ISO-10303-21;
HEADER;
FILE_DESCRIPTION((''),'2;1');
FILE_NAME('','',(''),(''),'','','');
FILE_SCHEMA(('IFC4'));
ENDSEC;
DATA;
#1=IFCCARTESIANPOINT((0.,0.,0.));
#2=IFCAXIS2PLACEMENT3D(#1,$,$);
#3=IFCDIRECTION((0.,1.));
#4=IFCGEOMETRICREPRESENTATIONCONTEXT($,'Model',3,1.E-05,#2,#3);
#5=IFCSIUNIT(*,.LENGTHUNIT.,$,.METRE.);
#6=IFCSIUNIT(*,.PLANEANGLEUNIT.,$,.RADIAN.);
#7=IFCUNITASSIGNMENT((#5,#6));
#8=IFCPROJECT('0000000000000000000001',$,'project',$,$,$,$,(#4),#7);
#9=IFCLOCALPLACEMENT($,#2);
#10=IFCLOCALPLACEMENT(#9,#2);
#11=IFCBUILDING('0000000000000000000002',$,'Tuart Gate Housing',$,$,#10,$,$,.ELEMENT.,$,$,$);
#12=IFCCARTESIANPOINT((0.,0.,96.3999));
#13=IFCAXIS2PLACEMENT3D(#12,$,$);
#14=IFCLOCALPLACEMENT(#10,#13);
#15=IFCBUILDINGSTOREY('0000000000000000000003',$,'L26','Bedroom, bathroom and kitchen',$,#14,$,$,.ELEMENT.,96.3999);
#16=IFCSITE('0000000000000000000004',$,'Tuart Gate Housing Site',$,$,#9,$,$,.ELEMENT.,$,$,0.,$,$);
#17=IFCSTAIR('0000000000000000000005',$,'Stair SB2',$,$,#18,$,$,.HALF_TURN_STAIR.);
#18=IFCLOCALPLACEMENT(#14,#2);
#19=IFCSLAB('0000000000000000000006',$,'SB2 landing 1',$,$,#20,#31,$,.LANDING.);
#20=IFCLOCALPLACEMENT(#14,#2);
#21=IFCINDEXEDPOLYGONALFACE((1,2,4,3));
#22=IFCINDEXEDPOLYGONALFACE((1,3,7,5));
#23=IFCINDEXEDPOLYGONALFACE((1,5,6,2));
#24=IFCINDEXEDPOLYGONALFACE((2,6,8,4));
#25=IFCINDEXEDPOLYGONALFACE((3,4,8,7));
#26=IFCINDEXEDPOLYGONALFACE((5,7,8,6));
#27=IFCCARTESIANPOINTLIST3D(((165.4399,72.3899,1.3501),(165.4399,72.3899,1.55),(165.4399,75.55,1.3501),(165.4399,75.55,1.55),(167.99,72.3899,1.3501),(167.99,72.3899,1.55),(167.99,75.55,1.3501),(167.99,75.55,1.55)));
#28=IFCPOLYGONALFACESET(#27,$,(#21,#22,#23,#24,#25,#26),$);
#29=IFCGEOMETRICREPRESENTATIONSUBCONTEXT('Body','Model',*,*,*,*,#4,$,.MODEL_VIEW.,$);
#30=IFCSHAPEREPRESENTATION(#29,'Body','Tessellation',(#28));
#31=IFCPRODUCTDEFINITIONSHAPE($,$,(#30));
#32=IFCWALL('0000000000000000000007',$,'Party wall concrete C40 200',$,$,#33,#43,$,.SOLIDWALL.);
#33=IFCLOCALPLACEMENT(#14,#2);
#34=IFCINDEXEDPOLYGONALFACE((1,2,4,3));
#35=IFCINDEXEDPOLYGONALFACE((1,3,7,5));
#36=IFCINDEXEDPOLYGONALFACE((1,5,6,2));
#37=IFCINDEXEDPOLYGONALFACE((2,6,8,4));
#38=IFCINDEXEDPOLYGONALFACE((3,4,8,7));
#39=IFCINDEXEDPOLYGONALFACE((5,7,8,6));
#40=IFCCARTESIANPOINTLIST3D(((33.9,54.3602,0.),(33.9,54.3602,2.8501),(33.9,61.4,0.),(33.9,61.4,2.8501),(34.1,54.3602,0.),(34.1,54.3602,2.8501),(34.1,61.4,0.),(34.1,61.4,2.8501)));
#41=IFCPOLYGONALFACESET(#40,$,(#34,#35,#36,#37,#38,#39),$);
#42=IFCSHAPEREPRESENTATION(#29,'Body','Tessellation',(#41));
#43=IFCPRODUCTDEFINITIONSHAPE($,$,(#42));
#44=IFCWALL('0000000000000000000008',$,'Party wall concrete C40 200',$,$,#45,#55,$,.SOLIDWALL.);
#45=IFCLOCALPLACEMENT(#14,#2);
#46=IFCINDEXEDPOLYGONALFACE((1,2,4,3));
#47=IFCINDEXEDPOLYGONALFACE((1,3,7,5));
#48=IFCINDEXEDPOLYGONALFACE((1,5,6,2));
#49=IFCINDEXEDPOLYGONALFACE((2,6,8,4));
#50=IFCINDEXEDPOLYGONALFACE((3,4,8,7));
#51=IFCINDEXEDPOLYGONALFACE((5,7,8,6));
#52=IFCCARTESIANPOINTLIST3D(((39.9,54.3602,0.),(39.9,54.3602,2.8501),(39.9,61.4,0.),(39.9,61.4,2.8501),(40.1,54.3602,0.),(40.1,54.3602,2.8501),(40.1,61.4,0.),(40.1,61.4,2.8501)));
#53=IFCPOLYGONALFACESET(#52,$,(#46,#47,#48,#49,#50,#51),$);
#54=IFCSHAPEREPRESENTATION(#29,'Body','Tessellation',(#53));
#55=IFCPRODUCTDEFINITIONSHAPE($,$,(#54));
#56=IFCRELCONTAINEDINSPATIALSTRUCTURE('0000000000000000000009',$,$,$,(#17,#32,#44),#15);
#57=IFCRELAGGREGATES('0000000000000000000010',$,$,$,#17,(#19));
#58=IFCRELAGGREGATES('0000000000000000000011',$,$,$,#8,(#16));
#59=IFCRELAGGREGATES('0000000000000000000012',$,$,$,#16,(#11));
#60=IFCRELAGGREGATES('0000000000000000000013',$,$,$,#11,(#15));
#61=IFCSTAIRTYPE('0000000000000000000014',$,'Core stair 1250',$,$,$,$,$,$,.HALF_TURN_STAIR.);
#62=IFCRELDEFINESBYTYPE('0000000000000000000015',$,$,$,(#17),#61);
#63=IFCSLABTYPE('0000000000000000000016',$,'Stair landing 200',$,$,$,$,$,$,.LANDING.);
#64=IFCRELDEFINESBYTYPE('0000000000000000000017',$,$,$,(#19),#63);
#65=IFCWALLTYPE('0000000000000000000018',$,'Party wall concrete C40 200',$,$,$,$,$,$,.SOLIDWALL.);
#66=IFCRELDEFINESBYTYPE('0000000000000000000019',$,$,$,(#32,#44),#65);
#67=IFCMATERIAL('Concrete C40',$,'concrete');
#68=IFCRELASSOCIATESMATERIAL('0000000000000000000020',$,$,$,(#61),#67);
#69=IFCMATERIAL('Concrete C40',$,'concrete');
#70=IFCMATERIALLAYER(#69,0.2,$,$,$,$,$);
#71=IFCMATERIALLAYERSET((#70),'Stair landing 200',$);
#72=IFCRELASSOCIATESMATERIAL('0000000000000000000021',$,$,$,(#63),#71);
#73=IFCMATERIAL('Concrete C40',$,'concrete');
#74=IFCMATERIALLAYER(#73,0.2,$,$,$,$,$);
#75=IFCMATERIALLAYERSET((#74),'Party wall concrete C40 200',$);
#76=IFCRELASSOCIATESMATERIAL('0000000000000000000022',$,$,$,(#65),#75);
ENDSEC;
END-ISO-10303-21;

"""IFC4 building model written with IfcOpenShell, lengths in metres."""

from ifc_helpers import new_model, si_unit, direction, frame, frame_2d, origin, place, context, subcontext, project, spatial, polyline, rectangle, outline, extrude, material, layer, layer_set, type_object, element, aggregate, save


model = new_model("IFC4")

# Units and contexts
model_context = context("Model", 3, precision=1e-05, world=origin(), true_north=direction((0.0, 1.0)))
body_context = subcontext(model_context, "Body", "Model", "MODEL_VIEW")
ifc_project = project(units=[si_unit("LENGTHUNIT", "METRE"), si_unit("PLANEANGLEUNIT", "RADIAN")], contexts=[model_context])

# Site, building, storey
site_placement = place(None, origin())
site = spatial("IfcSite", under=ifc_project, at=site_placement, Name="Tuart Gate Housing Site", CompositionType="ELEMENT", RefElevation=0.0)
building_placement = place(site_placement, origin())
building = spatial("IfcBuilding", under=site, at=building_placement, Name="Tuart Gate Housing", CompositionType="ELEMENT")
storey_placement = place(building_placement, frame((0.0, 0.0, 96.3999)))
storey = spatial("IfcBuildingStorey", under=building, at=storey_placement, Name="L26", Description="Bedroom, bathroom and kitchen", CompositionType="ELEMENT", Elevation=96.3999)

# Stair, slab
ifc_material_1 = material(Name="Concrete C40", Category="concrete")
stair_type = type_object("IfcStairType", Name="Core stair 1250", PredefinedType="HALF_TURN_STAIR", material=ifc_material_1)
stair_placement = place(storey_placement, origin())
stair = element("IfcStair", 1, at=stair_placement, inside=storey, type_object=stair_type, Name="Stair SB2", PredefinedType="HALF_TURN_STAIR")
ifc_material_2 = material(Name="Concrete C40", Category="concrete")
ifc_layer_1 = layer(ifc_material_2, 0.2)
ifc_layer_set_1 = layer_set([ifc_layer_1], Name="Stair landing 200")
slab_type = type_object("IfcSlabType", Name="Stair landing 200", PredefinedType="LANDING", material=ifc_layer_set_1)
slab_placement = place(storey_placement, frame((0.0, 0.0, 1.3501)))
slab = element("IfcSlab", 2, at=slab_placement, type_object=slab_type, Name="SB2 landing 1", PredefinedType="LANDING", context=body_context, shape_type="SweptSolid", body=[
    extrude(outline(polyline([(165.4399, 72.3899), (167.99, 72.3899), (167.99, 75.55), (165.4399, 75.55), (165.4399, 72.3899)])), origin(), (0.0, 0.0, 1.0), 0.2),
])
aggregate(stair, [slab])

# Walls
ifc_material_3 = material(Name="Concrete C40", Category="concrete")
ifc_layer_2 = layer(ifc_material_3, 0.2)
ifc_layer_set_2 = layer_set([ifc_layer_2], Name="Party wall concrete C40 200")
wall_type_1 = type_object("IfcWallType", Name="Party wall concrete C40 200", PredefinedType="SOLIDWALL", material=ifc_layer_set_2)
for number, where, z_axis, x_axis, name in (
    (3, (34.0, 54.3601, 0.0), (0.0, 0.0, 1.0), (0.0, 1.0, 0.0), "Party wall concrete C40 200"),
    (4, (40.0, 54.3601, 0.0), (0.0, 0.0, 1.0), (0.0, 1.0, 0.0), "Party wall concrete C40 200"),
):
    element("IfcWall", number, at=place(storey_placement, frame(where, z_axis=z_axis, x_axis=x_axis)), inside=storey, type_object=wall_type_1, Name=name, PredefinedType="SOLIDWALL", context=body_context, shape_type="SweptSolid", body=[
        extrude(rectangle(XDim=7.0398, YDim=0.2, at=frame_2d((3.52, 0.0))), origin(), (0.0, 0.0, 1.0), 2.8501),
    ])

save(model, "model.ifc")
